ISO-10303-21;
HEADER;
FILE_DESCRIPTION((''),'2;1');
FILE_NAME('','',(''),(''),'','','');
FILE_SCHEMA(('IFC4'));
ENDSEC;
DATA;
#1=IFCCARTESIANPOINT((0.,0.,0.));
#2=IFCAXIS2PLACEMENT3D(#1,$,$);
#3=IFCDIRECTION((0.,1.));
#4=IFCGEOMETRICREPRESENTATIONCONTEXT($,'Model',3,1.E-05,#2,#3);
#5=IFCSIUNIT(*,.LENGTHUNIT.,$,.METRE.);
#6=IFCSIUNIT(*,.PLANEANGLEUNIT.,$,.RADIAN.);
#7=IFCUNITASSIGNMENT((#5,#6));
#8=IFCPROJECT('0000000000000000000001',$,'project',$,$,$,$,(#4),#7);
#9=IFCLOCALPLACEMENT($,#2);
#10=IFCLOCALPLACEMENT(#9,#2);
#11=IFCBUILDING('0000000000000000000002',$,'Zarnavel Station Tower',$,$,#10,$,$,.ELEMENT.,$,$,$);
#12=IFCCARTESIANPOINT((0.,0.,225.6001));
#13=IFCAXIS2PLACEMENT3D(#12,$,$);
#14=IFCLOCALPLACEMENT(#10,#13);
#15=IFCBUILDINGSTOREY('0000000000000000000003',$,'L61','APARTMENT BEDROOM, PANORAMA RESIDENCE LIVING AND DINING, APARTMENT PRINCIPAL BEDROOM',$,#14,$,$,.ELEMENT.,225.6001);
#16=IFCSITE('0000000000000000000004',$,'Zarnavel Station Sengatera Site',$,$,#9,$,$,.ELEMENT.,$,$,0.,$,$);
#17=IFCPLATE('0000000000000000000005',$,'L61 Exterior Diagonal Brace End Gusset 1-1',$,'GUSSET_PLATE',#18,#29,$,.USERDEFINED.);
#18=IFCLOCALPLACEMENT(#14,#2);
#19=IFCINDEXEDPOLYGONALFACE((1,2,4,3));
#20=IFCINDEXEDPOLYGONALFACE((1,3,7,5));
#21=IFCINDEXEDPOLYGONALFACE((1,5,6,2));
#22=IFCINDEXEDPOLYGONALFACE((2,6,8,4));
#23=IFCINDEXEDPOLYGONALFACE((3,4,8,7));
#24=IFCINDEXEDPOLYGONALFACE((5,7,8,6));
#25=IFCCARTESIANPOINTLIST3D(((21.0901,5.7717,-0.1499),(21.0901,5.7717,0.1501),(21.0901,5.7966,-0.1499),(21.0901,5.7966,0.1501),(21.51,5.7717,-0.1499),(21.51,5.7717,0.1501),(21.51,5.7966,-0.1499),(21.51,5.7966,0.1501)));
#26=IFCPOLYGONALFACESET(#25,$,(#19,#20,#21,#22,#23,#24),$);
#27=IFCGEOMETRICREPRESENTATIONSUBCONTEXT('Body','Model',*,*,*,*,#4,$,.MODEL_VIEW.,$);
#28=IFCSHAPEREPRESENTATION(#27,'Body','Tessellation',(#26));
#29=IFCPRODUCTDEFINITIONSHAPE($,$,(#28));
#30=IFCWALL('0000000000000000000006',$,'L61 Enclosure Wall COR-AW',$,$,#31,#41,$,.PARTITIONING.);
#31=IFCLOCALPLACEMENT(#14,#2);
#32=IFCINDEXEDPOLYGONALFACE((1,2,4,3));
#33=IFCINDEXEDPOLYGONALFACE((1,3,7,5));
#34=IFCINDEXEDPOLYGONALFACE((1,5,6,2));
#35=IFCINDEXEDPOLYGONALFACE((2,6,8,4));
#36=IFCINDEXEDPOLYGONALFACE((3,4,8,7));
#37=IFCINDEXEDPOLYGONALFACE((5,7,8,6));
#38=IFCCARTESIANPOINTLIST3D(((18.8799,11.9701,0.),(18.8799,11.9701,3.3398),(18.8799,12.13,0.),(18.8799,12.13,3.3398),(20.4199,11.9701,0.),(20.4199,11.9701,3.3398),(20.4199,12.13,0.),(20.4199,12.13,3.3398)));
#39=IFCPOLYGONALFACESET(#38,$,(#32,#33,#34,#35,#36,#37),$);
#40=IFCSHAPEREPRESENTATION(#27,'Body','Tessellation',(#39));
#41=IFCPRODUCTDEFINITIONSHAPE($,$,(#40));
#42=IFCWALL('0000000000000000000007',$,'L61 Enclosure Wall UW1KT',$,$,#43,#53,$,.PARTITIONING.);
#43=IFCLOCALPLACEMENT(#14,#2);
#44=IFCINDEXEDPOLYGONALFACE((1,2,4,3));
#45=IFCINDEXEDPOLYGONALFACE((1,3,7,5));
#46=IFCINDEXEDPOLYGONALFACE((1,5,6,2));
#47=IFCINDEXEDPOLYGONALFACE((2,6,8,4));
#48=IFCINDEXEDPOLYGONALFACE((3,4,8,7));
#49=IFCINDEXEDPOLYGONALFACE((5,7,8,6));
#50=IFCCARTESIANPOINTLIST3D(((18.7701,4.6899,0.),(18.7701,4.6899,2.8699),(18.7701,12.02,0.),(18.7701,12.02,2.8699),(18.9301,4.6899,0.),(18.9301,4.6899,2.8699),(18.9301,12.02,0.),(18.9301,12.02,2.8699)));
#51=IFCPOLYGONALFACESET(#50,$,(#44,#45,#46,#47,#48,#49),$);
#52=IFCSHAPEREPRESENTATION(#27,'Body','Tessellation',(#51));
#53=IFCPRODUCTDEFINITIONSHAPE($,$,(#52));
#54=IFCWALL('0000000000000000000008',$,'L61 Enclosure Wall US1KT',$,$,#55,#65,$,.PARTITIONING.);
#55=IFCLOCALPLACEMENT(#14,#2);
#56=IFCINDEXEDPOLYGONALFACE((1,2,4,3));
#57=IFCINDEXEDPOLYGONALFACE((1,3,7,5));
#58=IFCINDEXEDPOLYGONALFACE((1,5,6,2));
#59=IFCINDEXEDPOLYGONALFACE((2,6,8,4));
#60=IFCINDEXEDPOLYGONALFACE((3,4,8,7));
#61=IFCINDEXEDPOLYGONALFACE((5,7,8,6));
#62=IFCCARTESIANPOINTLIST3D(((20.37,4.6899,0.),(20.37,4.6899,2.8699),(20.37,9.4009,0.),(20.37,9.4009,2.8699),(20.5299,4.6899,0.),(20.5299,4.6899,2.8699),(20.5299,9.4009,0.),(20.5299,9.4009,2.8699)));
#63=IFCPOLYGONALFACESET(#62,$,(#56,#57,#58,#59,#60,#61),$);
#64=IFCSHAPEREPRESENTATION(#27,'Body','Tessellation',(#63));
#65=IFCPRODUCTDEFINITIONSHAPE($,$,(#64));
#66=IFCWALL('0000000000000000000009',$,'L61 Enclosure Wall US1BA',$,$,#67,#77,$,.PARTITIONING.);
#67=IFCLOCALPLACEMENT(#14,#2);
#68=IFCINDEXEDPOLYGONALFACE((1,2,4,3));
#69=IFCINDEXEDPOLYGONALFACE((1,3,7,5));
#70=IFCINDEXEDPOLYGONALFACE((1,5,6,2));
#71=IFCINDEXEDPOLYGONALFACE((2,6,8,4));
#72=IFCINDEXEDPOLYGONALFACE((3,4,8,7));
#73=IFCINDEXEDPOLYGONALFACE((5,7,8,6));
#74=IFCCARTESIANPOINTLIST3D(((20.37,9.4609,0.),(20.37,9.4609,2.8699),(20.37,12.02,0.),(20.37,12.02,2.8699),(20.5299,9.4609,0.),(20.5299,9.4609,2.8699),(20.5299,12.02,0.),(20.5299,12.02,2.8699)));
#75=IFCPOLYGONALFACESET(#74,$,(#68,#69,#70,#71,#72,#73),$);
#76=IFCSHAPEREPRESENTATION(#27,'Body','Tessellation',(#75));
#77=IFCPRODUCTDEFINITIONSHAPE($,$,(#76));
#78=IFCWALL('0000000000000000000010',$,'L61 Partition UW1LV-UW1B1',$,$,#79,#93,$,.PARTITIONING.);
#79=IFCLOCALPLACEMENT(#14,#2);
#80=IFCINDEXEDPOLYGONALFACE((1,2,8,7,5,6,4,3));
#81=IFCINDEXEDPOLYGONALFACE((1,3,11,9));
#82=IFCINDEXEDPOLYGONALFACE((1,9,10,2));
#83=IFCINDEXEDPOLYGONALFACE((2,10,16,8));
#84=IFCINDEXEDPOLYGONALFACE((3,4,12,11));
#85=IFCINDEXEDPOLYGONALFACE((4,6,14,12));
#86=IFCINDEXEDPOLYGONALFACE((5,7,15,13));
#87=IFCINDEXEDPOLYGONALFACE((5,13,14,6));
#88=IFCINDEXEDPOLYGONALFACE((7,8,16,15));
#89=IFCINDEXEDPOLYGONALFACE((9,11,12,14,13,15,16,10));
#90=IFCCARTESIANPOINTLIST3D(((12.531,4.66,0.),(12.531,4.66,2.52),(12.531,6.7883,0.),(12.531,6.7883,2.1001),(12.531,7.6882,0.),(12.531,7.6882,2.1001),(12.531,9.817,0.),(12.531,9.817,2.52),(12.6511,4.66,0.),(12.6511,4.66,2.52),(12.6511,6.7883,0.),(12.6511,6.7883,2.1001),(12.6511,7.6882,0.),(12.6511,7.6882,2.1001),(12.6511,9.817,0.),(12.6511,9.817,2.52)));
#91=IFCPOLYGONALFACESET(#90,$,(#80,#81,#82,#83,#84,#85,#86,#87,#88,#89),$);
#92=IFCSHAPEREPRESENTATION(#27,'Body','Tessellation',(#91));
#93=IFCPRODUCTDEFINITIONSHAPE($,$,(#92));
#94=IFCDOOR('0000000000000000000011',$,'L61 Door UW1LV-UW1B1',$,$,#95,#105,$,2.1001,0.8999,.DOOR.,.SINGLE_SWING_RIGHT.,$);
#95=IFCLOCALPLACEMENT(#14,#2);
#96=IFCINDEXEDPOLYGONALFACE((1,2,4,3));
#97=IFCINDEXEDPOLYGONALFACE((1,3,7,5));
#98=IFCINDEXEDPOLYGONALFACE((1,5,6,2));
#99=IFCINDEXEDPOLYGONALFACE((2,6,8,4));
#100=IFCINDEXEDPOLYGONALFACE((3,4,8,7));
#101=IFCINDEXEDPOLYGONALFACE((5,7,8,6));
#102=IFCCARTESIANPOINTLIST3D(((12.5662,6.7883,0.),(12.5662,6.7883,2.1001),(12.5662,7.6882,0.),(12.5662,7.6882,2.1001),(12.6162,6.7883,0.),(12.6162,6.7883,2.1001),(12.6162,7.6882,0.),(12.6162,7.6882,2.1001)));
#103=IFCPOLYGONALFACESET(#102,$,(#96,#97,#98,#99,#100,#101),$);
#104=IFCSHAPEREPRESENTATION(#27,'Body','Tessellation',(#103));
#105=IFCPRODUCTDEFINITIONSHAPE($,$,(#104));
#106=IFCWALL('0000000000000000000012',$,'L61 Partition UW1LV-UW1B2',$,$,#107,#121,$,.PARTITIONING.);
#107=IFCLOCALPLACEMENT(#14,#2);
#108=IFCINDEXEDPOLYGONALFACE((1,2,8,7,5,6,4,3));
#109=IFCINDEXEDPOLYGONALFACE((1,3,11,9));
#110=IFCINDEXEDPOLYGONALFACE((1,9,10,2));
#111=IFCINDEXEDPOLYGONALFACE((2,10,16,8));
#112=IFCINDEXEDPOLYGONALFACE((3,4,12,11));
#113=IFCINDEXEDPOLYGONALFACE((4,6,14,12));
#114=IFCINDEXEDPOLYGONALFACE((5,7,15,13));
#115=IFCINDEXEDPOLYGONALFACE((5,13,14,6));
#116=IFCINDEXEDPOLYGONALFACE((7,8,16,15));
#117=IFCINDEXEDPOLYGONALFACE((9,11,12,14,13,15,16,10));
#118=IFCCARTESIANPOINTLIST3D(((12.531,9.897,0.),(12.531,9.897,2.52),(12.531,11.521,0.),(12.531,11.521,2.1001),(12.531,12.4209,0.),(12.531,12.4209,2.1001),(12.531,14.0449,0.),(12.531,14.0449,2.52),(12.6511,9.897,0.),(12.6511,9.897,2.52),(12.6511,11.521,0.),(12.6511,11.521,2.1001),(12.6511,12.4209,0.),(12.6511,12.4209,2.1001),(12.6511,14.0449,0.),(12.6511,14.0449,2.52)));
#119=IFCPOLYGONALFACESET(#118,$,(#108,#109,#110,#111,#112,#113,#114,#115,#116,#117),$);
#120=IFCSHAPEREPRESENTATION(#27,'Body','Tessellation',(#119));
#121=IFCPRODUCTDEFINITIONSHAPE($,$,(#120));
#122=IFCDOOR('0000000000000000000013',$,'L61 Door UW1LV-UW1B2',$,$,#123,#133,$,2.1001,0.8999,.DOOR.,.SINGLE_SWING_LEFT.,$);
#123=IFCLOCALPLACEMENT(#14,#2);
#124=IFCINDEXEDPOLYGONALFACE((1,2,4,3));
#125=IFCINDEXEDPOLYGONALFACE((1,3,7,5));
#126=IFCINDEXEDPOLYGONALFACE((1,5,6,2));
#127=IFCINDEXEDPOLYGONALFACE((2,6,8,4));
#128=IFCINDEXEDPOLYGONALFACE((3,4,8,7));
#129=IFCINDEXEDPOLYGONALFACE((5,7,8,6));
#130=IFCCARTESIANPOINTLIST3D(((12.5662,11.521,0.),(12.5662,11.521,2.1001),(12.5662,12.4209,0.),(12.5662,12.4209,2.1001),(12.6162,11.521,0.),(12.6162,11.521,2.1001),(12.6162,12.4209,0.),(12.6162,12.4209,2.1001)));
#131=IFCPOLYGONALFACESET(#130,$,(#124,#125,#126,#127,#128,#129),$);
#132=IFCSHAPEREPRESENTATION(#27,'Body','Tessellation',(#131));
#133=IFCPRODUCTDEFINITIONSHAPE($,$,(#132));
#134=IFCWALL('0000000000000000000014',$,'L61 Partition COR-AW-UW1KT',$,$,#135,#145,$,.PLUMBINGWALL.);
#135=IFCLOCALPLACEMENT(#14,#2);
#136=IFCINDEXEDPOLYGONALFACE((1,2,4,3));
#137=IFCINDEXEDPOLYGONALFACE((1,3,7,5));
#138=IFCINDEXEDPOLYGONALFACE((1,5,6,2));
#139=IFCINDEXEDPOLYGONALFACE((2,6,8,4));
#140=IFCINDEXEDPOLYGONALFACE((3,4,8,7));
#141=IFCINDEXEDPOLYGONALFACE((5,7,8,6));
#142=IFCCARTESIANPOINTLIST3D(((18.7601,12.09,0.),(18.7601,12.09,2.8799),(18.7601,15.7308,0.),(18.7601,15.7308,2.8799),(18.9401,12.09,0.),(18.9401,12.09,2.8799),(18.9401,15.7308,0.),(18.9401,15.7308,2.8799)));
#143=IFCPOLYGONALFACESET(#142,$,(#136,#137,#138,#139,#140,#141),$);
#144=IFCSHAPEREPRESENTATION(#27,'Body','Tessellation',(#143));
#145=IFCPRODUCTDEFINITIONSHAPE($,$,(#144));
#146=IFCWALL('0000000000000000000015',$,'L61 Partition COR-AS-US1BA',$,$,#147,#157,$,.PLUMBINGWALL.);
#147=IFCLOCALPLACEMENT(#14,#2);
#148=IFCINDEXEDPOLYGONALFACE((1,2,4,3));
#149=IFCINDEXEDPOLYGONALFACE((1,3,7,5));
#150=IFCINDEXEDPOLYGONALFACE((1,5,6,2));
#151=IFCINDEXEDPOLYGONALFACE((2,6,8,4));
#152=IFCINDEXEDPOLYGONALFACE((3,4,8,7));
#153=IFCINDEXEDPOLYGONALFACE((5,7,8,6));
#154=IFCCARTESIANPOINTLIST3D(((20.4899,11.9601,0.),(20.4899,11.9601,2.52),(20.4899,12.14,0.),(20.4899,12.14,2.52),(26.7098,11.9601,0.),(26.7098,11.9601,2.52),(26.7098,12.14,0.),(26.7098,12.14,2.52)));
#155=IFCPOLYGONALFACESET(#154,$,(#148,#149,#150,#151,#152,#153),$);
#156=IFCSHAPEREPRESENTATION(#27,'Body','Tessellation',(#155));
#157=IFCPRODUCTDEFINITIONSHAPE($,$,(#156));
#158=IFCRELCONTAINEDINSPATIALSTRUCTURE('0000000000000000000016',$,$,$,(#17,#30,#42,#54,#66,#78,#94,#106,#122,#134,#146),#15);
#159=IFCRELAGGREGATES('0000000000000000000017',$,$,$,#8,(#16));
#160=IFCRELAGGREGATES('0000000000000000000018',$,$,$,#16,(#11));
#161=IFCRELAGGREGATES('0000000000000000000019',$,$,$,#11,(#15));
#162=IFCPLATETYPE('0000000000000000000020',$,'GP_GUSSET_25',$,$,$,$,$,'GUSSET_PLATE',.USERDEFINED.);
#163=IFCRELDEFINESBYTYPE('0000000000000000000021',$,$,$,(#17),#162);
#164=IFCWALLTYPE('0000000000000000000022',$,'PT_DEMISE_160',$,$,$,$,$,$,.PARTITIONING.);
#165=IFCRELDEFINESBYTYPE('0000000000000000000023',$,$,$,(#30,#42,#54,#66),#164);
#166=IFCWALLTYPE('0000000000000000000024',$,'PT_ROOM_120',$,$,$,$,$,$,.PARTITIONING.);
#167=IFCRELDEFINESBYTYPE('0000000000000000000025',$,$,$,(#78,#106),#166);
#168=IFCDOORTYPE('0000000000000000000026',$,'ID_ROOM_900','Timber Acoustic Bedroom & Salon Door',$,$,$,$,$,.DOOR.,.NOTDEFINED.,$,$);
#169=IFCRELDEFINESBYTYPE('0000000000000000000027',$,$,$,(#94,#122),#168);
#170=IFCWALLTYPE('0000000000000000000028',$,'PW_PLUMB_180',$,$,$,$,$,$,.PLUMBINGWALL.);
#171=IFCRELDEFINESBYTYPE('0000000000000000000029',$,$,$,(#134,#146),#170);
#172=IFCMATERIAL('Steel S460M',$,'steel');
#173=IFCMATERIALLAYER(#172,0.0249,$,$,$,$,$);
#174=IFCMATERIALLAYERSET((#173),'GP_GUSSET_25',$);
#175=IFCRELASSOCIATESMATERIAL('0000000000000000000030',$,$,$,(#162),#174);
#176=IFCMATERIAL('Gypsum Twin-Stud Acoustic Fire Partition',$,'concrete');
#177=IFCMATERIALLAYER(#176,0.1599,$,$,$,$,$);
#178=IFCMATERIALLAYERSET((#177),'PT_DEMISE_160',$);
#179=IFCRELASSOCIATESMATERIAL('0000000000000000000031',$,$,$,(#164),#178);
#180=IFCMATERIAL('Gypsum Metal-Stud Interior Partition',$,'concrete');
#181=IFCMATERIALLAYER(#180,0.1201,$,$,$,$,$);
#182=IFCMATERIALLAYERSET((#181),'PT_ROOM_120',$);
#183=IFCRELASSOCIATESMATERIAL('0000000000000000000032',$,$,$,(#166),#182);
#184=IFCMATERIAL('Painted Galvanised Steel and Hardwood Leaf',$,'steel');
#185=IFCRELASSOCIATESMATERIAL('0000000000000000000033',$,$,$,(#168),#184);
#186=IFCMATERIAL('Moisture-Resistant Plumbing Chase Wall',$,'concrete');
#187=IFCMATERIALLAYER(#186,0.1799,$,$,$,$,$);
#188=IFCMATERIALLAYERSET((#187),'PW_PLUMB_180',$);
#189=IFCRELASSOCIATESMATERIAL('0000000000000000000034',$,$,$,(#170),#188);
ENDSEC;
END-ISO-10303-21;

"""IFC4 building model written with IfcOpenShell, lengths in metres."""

from ifc_helpers import new_model, si_unit, direction, frame, frame_2d, origin, origin_2d, place, context, subcontext, project, spatial, rectangle, extrude, material, layer, layer_set, type_object, element, fill, save


model = new_model("IFC4")

# Units and contexts
model_context = context("Model", 3, precision=1e-05, world=origin(), true_north=direction((0.0, 1.0)))
body_context = subcontext(model_context, "Body", "Model", "MODEL_VIEW")
ifc_project = project(units=[si_unit("LENGTHUNIT", "METRE"), si_unit("PLANEANGLEUNIT", "RADIAN")], contexts=[model_context])

# Site, building, storey
site_placement = place(None, origin())
site = spatial("IfcSite", under=ifc_project, at=site_placement, Name="Zarnavel Station Sengatera Site", CompositionType="ELEMENT", RefElevation=0.0)
building_placement = place(site_placement, origin())
building = spatial("IfcBuilding", under=site, at=building_placement, Name="Zarnavel Station Tower", CompositionType="ELEMENT")
storey_placement = place(building_placement, frame((0.0, 0.0, 225.6001)))
storey = spatial("IfcBuildingStorey", under=building, at=storey_placement, Name="L61", Description="APARTMENT BEDROOM, PANORAMA RESIDENCE LIVING AND DINING, APARTMENT PRINCIPAL BEDROOM", CompositionType="ELEMENT", Elevation=225.6001)

# Plate
ifc_material_1 = material(Name="Steel S460M", Category="steel")
ifc_layer_1 = layer(ifc_material_1, 0.0249)
ifc_layer_set_1 = layer_set([ifc_layer_1], Name="GP_GUSSET_25")
plate_type = type_object("IfcPlateType", Name="GP_GUSSET_25", ElementType="GUSSET_PLATE", PredefinedType="USERDEFINED", material=ifc_layer_set_1)
plate_placement = place(storey_placement, frame((21.3, 5.7842, -0.1499), z_axis=(0.0, 0.0, 1.0), x_axis=(1.0, 0.0, 0.0)))
element("IfcPlate", 1, at=plate_placement, inside=storey, type_object=plate_type, Name="L61 Exterior Diagonal Brace End Gusset 1-1", ObjectType="GUSSET_PLATE", PredefinedType="USERDEFINED", context=body_context, shape_type="SweptSolid", body=[
    extrude(rectangle(XDim=0.4199, YDim=0.0249, at=origin_2d()), origin(), (0.0, 0.0, 1.0), 0.3),
])

# Walls
ifc_material_2 = material(Name="Gypsum Twin-Stud Acoustic Fire Partition", Category="concrete")
ifc_layer_2 = layer(ifc_material_2, 0.1599)
ifc_layer_set_2 = layer_set([ifc_layer_2], Name="PT_DEMISE_160")
wall_type_1 = type_object("IfcWallType", Name="PT_DEMISE_160", PredefinedType="PARTITIONING", material=ifc_layer_set_2)
wall_1_placement = place(storey_placement, frame((18.8799, 12.05, 0.0), z_axis=(0.0, 0.0, 1.0), x_axis=(1.0, 0.0, 0.0)))
element("IfcWall", 2, at=wall_1_placement, inside=storey, type_object=wall_type_1, Name="L61 Enclosure Wall COR-AW", PredefinedType="PARTITIONING", context=body_context, shape_type="SweptSolid", body=[
    extrude(rectangle(XDim=1.54, YDim=0.1599, at=frame_2d((0.77, 0.0))), origin(), (0.0, 0.0, 1.0), 3.3398),
])
wall_2_placement = place(storey_placement, frame((18.8501, 4.6899, 0.0), z_axis=(0.0, 0.0, 1.0), x_axis=(0.0, 1.0, 0.0)))
element("IfcWall", 3, at=wall_2_placement, inside=storey, type_object=wall_type_1, Name="L61 Enclosure Wall UW1KT", PredefinedType="PARTITIONING", context=body_context, shape_type="SweptSolid", body=[
    extrude(rectangle(XDim=7.3301, YDim=0.1599, at=frame_2d((3.665, 0.0))), origin(), (0.0, 0.0, 1.0), 2.8699),
])
wall_3_placement = place(storey_placement, frame((20.45, 4.6899, 0.0), z_axis=(0.0, 0.0, 1.0), x_axis=(0.0, 1.0, 0.0)))
element("IfcWall", 4, at=wall_3_placement, inside=storey, type_object=wall_type_1, Name="L61 Enclosure Wall US1KT", PredefinedType="PARTITIONING", context=body_context, shape_type="SweptSolid", body=[
    extrude(rectangle(XDim=4.7109, YDim=0.1599, at=frame_2d((2.3555, 0.0))), origin(), (0.0, 0.0, 1.0), 2.8699),
])
wall_4_placement = place(storey_placement, frame((20.45, 9.4609, 0.0), z_axis=(0.0, 0.0, 1.0), x_axis=(0.0, 1.0, 0.0)))
element("IfcWall", 5, at=wall_4_placement, inside=storey, type_object=wall_type_1, Name="L61 Enclosure Wall US1BA", PredefinedType="PARTITIONING", context=body_context, shape_type="SweptSolid", body=[
    extrude(rectangle(XDim=2.5591, YDim=0.1599, at=frame_2d((1.2795, 0.0))), origin(), (0.0, 0.0, 1.0), 2.8699),
])

# Walls, openings, doors
ifc_material_3 = material(Name="Gypsum Metal-Stud Interior Partition", Category="concrete")
ifc_layer_3 = layer(ifc_material_3, 0.1201)
ifc_layer_set_3 = layer_set([ifc_layer_3], Name="PT_ROOM_120")
wall_type_2 = type_object("IfcWallType", Name="PT_ROOM_120", PredefinedType="PARTITIONING", material=ifc_layer_set_3)
wall_5_placement = place(storey_placement, frame((12.5911, 4.6599, 0.0), z_axis=(0.0, 0.0, 1.0), x_axis=(0.0, 1.0, 0.0)))
wall_5 = element("IfcWall", 6, at=wall_5_placement, inside=storey, type_object=wall_type_2, Name="L61 Partition UW1LV-UW1B1", PredefinedType="PARTITIONING", context=body_context, shape_type="SweptSolid", body=[
    extrude(rectangle(XDim=5.157, YDim=0.1201, at=frame_2d((2.5786, 0.0))), origin(), (0.0, 0.0, 1.0), 2.52),
])
opening_1_placement = place(wall_5_placement, frame((2.1284, 0.0, 0.0)))
opening_1 = element("IfcOpeningElement", 7, at=opening_1_placement, cuts=wall_5, PredefinedType="OPENING", context=body_context, shape_type="SweptSolid", body=[
    extrude(rectangle(XDim=0.8999, YDim=2.1001, at=frame_2d((0.45, 1.05))), frame((0.0, 0.0701, 0.0), z_axis=(0.0, -1.0, 0.0), x_axis=(1.0, 0.0, 0.0)), (0.0, 0.0, 1.0), 0.1401),
])
ifc_material_4 = material(Name="Painted Galvanised Steel and Hardwood Leaf", Category="steel")
door_type_1 = type_object("IfcDoorType", Name="ID_ROOM_900", Description="Timber Acoustic Bedroom & Salon Door", OperationType="NOTDEFINED", PredefinedType="DOOR", material=ifc_material_4)
door_1_placement = place(opening_1_placement, origin())
door_1 = element("IfcDoor", 8, at=door_1_placement, inside=storey, type_object=door_type_1, Name="L61 Door UW1LV-UW1B1", OperationType="SINGLE_SWING_RIGHT", OverallHeight=2.1001, OverallWidth=0.8999, PredefinedType="DOOR", context=body_context, shape_type="SweptSolid", body=[
    extrude(rectangle(XDim=0.8999, YDim=2.1001, at=frame_2d((0.45, 1.05))), frame((0.0, 0.0249, 0.0), z_axis=(0.0, -1.0, 0.0), x_axis=(1.0, 0.0, 0.0)), (0.0, 0.0, 1.0), 0.05),
])
fill(opening_1, door_1)
wall_6_placement = place(storey_placement, frame((12.5911, 9.897, 0.0), z_axis=(0.0, 0.0, 1.0), x_axis=(0.0, 1.0, 0.0)))
wall_6 = element("IfcWall", 9, at=wall_6_placement, inside=storey, type_object=wall_type_2, Name="L61 Partition UW1LV-UW1B2", PredefinedType="PARTITIONING", context=body_context, shape_type="SweptSolid", body=[
    extrude(rectangle(XDim=4.1479, YDim=0.1201, at=frame_2d((2.074, 0.0))), origin(), (0.0, 0.0, 1.0), 2.52),
])
opening_2_placement = place(wall_6_placement, frame((1.624, 0.0, 0.0)))
opening_2 = element("IfcOpeningElement", 10, at=opening_2_placement, cuts=wall_6, PredefinedType="OPENING", context=body_context, shape_type="SweptSolid", body=[
    extrude(rectangle(XDim=0.8999, YDim=2.1001, at=frame_2d((0.45, 1.05))), frame((0.0, 0.0701, 0.0), z_axis=(0.0, -1.0, 0.0), x_axis=(1.0, 0.0, 0.0)), (0.0, 0.0, 1.0), 0.1401),
])
door_2_placement = place(opening_2_placement, origin())
door_2 = element("IfcDoor", 11, at=door_2_placement, inside=storey, type_object=door_type_1, Name="L61 Door UW1LV-UW1B2", OperationType="SINGLE_SWING_LEFT", OverallHeight=2.1001, OverallWidth=0.8999, PredefinedType="DOOR", context=body_context, shape_type="SweptSolid", body=[
    extrude(rectangle(XDim=0.8999, YDim=2.1001, at=frame_2d((0.45, 1.05))), frame((0.0, 0.0249, 0.0), z_axis=(0.0, -1.0, 0.0), x_axis=(1.0, 0.0, 0.0)), (0.0, 0.0, 1.0), 0.05),
])
fill(opening_2, door_2)

# Walls
ifc_material_5 = material(Name="Moisture-Resistant Plumbing Chase Wall", Category="concrete")
ifc_layer_4 = layer(ifc_material_5, 0.1799)
ifc_layer_set_4 = layer_set([ifc_layer_4], Name="PW_PLUMB_180")
wall_type_3 = type_object("IfcWallType", Name="PW_PLUMB_180", PredefinedType="PLUMBINGWALL", material=ifc_layer_set_4)
wall_7_placement = place(storey_placement, frame((18.8501, 12.0901, 0.0), z_axis=(0.0, 0.0, 1.0), x_axis=(0.0, 1.0, 0.0)))
element("IfcWall", 12, at=wall_7_placement, inside=storey, type_object=wall_type_3, Name="L61 Partition COR-AW-UW1KT", PredefinedType="PLUMBINGWALL", context=body_context, shape_type="SweptSolid", body=[
    extrude(rectangle(XDim=3.6409, YDim=0.1799, at=frame_2d((1.8203, 0.0))), origin(), (0.0, 0.0, 1.0), 2.8799),
])
wall_8_placement = place(storey_placement, frame((20.49, 12.05, 0.0), z_axis=(0.0, 0.0, 1.0), x_axis=(1.0, 0.0, 0.0)))
element("IfcWall", 13, at=wall_8_placement, inside=storey, type_object=wall_type_3, Name="L61 Partition COR-AS-US1BA", PredefinedType="PLUMBINGWALL", context=body_context, shape_type="SweptSolid", body=[
    extrude(rectangle(XDim=6.22, YDim=0.1799, at=frame_2d((3.1099, 0.0))), origin(), (0.0, 0.0, 1.0), 2.52),
])

save(model, "model.ifc")
